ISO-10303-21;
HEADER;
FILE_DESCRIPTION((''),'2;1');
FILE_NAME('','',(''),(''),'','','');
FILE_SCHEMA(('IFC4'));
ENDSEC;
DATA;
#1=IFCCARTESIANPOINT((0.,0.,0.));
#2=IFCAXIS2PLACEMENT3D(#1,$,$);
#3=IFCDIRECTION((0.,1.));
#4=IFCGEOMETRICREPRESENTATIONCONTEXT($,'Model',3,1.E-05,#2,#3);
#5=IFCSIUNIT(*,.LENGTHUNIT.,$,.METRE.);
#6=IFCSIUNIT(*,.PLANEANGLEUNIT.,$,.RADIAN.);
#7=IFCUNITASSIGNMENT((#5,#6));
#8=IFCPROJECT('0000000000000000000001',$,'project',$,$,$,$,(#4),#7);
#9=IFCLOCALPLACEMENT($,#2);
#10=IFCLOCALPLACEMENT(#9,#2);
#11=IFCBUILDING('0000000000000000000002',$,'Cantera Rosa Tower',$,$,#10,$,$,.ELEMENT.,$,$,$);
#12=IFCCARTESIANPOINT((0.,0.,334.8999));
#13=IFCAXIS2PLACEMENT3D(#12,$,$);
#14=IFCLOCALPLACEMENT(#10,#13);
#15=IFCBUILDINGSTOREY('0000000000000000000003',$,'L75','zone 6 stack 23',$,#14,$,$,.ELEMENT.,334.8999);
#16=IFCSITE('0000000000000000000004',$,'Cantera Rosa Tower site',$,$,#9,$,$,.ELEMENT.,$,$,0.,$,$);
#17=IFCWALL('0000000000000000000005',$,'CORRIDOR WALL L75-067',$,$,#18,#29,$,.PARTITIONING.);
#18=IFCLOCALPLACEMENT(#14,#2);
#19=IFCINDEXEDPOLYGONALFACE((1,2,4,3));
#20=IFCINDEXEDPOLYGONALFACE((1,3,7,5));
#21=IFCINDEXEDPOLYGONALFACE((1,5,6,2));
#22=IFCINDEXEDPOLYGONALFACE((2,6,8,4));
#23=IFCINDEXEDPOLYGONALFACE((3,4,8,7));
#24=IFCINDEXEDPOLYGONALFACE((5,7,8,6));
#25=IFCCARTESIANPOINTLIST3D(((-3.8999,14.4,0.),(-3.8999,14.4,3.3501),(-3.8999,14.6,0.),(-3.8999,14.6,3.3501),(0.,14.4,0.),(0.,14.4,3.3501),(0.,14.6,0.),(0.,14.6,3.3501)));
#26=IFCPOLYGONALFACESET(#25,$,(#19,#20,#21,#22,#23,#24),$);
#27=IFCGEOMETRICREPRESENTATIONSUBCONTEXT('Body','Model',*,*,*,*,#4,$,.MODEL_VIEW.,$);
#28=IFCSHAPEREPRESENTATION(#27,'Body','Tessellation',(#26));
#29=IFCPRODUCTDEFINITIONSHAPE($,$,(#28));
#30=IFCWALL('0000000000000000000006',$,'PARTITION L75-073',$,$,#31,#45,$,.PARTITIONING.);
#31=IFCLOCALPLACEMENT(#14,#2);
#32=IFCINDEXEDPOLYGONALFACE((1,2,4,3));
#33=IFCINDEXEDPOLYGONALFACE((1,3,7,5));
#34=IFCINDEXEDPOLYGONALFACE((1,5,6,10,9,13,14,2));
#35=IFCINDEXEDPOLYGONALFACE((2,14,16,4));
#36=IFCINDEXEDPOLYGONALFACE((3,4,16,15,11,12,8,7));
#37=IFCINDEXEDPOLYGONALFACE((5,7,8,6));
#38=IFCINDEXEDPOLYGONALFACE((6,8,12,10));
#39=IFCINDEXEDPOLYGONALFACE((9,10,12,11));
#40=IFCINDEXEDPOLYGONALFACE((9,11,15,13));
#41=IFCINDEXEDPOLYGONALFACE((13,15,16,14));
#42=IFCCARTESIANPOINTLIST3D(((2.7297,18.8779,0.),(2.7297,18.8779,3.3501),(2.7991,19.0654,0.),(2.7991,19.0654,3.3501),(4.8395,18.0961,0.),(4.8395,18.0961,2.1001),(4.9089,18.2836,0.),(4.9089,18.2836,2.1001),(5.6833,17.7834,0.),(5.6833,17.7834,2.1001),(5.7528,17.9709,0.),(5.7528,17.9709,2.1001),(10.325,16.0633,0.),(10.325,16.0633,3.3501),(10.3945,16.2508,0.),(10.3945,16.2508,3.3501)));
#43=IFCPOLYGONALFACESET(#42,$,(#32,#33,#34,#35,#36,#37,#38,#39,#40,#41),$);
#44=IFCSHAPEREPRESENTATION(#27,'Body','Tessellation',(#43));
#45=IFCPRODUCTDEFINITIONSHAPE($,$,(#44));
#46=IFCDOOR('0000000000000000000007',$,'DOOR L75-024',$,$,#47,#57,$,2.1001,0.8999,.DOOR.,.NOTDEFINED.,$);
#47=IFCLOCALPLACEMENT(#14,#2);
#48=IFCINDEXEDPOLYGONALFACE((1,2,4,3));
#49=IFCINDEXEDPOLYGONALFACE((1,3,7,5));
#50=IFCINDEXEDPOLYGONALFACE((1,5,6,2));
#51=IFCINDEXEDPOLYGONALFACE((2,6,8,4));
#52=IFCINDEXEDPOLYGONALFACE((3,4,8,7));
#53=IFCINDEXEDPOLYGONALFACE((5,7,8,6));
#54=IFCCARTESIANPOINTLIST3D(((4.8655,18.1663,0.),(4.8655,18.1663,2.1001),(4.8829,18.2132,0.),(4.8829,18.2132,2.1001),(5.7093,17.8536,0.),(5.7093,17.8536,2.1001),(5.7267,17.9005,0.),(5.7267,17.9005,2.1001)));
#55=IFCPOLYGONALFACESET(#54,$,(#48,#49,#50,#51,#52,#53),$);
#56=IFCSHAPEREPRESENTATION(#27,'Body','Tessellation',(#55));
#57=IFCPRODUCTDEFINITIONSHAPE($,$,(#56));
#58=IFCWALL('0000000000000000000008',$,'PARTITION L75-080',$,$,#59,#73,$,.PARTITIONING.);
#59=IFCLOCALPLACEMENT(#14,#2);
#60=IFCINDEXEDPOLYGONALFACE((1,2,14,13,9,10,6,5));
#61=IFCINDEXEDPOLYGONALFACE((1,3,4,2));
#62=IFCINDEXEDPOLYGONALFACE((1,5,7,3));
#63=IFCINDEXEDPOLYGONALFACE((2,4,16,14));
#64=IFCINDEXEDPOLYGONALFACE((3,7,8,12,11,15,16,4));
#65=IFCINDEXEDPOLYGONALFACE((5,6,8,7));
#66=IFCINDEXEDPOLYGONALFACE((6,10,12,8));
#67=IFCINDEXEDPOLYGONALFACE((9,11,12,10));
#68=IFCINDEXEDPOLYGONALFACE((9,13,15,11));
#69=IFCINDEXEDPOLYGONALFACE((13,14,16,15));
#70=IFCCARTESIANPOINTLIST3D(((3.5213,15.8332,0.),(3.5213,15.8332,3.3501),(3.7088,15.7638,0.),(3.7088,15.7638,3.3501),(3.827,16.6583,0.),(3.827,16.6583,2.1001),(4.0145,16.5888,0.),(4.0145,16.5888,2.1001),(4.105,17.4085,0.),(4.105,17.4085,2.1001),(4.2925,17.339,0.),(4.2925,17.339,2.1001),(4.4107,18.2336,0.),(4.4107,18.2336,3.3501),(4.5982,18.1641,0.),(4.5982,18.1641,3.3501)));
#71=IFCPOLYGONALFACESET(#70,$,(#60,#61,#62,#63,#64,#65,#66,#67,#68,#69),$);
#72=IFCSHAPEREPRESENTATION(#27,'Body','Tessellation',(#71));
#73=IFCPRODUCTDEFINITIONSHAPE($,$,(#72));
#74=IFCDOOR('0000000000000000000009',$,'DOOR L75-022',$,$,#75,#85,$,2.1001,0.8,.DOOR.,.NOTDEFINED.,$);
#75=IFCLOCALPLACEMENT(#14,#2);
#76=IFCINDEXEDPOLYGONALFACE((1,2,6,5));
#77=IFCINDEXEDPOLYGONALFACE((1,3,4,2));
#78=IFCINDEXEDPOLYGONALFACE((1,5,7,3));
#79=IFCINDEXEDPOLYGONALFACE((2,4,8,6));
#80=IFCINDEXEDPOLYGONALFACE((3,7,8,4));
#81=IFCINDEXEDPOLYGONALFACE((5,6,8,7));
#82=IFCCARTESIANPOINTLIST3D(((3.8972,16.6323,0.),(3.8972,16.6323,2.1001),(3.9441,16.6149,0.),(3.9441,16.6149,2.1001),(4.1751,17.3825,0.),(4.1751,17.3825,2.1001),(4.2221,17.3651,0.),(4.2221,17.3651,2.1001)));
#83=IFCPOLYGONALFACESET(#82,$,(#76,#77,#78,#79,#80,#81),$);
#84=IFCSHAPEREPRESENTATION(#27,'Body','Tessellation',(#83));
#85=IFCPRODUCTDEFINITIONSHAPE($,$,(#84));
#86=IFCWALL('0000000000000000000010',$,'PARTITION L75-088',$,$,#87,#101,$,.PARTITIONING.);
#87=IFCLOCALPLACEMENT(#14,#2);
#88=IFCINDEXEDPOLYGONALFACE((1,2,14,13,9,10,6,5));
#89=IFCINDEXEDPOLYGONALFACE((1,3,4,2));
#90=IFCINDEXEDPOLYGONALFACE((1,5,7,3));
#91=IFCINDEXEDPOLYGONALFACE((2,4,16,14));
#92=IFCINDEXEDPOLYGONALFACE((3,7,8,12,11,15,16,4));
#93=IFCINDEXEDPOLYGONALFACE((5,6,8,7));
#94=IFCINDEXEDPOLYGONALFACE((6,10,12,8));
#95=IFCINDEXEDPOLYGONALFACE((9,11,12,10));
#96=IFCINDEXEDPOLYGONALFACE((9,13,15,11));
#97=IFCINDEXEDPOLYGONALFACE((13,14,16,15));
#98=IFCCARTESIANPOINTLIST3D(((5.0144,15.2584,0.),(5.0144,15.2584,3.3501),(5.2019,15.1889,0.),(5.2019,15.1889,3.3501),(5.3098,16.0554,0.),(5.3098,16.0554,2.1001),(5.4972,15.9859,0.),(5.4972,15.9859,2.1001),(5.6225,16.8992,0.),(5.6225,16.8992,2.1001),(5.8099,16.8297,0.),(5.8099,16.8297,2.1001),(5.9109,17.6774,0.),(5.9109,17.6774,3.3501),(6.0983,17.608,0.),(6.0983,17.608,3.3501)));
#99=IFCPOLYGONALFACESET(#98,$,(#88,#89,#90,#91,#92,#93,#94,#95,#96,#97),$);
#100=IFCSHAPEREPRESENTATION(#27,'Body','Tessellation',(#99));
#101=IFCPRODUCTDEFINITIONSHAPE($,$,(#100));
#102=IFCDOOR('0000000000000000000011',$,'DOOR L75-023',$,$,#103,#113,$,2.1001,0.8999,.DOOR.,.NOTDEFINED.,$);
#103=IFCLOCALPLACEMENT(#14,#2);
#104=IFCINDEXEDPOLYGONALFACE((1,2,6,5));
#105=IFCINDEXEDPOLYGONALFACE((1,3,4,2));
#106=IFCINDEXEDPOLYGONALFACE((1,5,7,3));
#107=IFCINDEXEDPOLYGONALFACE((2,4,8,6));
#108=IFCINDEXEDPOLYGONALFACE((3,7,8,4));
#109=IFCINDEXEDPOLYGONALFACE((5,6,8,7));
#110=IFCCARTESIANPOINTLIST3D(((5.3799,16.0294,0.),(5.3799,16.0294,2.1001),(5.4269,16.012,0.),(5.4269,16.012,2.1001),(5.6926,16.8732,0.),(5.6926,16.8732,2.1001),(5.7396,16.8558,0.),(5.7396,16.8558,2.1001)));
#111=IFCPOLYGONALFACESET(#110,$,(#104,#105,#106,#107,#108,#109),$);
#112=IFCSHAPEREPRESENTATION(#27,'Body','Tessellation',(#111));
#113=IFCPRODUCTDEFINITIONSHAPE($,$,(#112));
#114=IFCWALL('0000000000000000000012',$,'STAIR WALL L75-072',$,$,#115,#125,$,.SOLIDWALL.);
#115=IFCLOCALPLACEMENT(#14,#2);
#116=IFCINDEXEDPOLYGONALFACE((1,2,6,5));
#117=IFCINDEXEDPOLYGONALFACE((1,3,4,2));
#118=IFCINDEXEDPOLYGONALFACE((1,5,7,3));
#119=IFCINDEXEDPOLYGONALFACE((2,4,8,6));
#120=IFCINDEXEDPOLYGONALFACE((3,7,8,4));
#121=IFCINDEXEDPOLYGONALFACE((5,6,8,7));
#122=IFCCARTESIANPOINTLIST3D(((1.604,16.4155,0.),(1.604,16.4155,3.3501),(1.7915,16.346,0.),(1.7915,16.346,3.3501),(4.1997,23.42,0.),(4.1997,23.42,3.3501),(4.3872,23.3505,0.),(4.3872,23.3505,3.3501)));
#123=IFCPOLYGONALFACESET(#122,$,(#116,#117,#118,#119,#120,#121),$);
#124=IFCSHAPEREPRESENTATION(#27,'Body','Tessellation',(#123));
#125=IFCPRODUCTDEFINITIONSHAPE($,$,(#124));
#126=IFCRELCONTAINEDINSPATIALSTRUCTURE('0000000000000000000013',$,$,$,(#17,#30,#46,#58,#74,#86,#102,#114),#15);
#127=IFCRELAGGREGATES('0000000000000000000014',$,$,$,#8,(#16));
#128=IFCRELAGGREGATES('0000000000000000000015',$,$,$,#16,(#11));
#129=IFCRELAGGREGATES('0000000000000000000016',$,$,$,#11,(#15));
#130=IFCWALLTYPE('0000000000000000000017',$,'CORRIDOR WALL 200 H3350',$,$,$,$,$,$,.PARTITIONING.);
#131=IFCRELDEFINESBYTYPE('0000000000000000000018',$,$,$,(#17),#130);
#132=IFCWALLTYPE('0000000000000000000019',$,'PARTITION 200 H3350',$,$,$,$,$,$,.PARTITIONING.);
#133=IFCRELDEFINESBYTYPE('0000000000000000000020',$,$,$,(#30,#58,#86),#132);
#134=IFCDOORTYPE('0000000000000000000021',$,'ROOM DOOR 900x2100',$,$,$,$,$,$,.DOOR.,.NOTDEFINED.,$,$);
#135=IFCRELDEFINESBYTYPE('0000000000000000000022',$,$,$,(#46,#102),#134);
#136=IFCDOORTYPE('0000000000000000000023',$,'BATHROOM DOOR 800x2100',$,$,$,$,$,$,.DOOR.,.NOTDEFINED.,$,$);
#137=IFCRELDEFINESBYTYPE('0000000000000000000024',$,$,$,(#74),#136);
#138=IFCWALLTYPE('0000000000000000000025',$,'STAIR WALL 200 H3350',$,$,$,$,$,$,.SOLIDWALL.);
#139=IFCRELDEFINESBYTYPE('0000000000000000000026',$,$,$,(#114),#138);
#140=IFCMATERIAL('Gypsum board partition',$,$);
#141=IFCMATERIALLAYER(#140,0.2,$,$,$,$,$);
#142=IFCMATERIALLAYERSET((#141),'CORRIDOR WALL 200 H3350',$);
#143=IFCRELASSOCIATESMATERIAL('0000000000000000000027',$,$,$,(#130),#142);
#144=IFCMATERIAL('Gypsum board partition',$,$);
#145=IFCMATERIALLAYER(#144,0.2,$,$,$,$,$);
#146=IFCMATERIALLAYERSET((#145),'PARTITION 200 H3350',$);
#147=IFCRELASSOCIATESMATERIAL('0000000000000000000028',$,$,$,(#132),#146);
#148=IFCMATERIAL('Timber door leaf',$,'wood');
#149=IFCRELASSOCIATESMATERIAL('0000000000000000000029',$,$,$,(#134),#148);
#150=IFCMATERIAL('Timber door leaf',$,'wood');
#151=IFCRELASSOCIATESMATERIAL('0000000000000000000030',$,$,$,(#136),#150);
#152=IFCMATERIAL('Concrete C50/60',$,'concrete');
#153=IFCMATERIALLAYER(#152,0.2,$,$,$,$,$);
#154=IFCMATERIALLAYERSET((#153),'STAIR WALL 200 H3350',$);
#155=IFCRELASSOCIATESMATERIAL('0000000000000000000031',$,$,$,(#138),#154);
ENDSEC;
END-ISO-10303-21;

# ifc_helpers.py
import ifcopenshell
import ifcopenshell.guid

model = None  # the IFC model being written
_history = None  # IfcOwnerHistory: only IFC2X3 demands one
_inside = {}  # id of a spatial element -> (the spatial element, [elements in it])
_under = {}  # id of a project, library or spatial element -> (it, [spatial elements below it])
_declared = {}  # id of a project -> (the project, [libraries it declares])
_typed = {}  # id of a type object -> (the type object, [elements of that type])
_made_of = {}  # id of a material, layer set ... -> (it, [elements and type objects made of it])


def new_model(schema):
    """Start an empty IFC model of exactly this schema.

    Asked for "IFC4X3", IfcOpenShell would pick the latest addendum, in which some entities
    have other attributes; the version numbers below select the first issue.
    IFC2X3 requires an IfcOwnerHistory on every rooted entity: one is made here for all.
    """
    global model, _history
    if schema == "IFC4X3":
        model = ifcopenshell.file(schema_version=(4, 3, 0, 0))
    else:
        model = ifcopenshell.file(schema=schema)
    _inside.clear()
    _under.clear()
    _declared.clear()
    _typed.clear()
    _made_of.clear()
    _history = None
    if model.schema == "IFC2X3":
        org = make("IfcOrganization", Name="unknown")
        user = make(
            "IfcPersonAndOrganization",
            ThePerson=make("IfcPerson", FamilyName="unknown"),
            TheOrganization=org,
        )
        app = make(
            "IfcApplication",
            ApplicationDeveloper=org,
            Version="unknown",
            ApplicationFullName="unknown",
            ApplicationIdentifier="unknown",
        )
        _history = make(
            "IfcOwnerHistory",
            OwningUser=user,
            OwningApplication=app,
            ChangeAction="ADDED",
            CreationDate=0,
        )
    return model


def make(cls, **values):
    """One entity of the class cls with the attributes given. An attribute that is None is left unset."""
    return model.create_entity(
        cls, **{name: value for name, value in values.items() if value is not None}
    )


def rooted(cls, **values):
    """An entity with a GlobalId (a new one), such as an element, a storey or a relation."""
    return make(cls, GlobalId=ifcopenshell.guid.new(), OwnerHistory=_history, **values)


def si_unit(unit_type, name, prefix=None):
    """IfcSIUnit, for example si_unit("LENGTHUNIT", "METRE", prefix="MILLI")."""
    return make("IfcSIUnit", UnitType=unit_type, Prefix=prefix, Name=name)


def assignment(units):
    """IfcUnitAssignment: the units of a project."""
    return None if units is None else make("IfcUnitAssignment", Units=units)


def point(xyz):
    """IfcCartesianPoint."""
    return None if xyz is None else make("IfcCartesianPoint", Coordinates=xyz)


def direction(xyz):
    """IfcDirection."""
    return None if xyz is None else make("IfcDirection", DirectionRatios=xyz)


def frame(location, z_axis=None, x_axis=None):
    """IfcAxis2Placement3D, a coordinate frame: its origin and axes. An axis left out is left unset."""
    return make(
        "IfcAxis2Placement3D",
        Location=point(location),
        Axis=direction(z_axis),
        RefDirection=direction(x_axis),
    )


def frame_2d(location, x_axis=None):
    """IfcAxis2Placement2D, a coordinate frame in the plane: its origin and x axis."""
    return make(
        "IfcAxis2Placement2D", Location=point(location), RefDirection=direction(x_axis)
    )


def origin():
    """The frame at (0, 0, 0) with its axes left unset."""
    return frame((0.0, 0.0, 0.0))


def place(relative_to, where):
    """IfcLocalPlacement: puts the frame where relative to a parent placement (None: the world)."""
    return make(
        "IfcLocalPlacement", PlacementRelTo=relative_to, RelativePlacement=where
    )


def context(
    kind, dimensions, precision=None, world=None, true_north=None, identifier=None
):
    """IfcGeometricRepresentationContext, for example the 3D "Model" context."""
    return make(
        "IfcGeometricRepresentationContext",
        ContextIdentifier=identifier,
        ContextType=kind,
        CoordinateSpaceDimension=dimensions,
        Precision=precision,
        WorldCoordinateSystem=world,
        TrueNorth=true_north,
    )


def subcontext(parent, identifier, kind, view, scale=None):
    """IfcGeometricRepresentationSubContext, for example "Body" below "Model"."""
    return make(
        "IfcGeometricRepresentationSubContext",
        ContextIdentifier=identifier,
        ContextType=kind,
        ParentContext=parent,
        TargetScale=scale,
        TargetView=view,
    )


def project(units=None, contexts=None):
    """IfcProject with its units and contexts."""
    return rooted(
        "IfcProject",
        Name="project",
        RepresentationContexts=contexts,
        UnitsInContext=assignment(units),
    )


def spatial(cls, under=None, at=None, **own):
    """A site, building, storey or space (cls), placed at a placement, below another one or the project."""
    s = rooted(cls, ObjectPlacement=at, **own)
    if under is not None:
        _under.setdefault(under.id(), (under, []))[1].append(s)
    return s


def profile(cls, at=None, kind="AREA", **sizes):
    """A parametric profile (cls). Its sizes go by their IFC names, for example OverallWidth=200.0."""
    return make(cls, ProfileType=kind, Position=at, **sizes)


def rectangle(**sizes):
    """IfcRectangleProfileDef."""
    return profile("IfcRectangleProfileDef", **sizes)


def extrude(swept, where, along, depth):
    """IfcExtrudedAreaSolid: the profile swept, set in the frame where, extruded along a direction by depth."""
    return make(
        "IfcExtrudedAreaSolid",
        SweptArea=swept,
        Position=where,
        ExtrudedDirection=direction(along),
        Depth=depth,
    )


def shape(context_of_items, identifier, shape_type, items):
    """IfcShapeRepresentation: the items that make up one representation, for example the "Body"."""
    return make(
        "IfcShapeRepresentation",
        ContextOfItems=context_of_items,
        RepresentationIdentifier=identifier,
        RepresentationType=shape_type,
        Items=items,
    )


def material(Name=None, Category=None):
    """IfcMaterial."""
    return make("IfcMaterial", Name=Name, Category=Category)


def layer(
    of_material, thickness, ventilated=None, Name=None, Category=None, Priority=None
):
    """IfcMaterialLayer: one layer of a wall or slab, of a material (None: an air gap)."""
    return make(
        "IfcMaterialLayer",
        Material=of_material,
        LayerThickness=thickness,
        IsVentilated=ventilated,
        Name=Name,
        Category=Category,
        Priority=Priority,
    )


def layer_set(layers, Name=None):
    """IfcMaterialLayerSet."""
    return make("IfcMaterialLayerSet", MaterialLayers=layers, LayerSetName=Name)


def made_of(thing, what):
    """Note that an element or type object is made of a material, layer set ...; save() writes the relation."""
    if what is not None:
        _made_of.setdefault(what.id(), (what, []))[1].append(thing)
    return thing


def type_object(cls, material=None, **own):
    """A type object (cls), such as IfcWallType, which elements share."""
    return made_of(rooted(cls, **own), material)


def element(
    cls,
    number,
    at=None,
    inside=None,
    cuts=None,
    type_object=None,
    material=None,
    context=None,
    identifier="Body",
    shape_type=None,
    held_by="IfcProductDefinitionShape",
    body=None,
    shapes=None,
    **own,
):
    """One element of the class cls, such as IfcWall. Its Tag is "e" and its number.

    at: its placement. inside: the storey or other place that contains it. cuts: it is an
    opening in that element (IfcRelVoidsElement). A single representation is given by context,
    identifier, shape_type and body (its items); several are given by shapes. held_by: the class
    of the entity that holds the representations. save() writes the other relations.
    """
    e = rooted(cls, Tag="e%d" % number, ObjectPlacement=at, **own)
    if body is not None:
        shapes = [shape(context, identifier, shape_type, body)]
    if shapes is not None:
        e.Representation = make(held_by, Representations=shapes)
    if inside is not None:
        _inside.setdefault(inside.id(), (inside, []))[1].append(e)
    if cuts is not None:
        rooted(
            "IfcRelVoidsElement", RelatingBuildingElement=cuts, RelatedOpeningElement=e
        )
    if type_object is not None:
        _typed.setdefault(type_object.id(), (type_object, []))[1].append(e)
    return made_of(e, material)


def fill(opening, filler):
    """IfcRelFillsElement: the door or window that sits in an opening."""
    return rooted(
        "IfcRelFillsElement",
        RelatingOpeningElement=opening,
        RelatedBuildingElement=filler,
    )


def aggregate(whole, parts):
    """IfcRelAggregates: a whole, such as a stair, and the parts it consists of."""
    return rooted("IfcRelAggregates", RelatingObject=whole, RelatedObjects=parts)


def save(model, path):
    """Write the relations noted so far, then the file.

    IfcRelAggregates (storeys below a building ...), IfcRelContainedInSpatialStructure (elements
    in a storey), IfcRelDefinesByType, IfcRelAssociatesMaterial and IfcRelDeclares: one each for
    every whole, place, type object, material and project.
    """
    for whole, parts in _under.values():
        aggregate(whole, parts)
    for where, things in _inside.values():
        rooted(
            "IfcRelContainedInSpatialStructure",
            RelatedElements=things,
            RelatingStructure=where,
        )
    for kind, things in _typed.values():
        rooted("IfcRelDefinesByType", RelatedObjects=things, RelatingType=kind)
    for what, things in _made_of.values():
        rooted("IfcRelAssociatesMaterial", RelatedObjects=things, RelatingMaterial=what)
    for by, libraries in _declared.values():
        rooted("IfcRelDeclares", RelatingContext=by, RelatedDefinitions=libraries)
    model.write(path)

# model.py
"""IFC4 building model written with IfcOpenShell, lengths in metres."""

from ifc_helpers import new_model, si_unit, direction, frame, frame_2d, origin, place, context, subcontext, project, spatial, rectangle, extrude, material, layer, layer_set, type_object, element, fill, save


model = new_model("IFC4")

# Units and contexts
model_context = context("Model", 3, precision=1e-05, world=origin(), true_north=direction((0.0, 1.0)))
body_context = subcontext(model_context, "Body", "Model", "MODEL_VIEW")
ifc_project = project(units=[si_unit("LENGTHUNIT", "METRE"), si_unit("PLANEANGLEUNIT", "RADIAN")], contexts=[model_context])

# Site, building, storey
site_placement = place(None, origin())
site = spatial("IfcSite", under=ifc_project, at=site_placement, Name="Cantera Rosa Tower site", CompositionType="ELEMENT", RefElevation=0.0)
building_placement = place(site_placement, origin())
building = spatial("IfcBuilding", under=site, at=building_placement, Name="Cantera Rosa Tower", CompositionType="ELEMENT")
storey_placement = place(building_placement, frame((0.0, 0.0, 334.8999)))
storey = spatial("IfcBuildingStorey", under=building, at=storey_placement, Name="L75", Description="zone 6 stack 23", CompositionType="ELEMENT", Elevation=334.8999)

# Wall
ifc_material_1 = material(Name="Gypsum board partition")
ifc_layer_1 = layer(ifc_material_1, 0.2)
ifc_layer_set_1 = layer_set([ifc_layer_1], Name="CORRIDOR WALL 200 H3350")
wall_type_1 = type_object("IfcWallType", Name="CORRIDOR WALL 200 H3350", PredefinedType="PARTITIONING", material=ifc_layer_set_1)
wall_1_placement = place(storey_placement, frame((0.0, 14.5, 0.0), z_axis=(0.0, 0.0, 1.0), x_axis=(-1.0, 0.0, 0.0)))
element("IfcWall", 1, at=wall_1_placement, inside=storey, type_object=wall_type_1, Name="CORRIDOR WALL L75-067", PredefinedType="PARTITIONING", context=body_context, shape_type="SweptSolid", body=[
    extrude(rectangle(XDim=3.8999, YDim=0.2, at=frame_2d((1.95, 0.0))), origin(), (0.0, 0.0, 1.0), 3.3501),
])

# Walls, openings, doors
ifc_material_2 = material(Name="Gypsum board partition")
ifc_layer_2 = layer(ifc_material_2, 0.2)
ifc_layer_set_2 = layer_set([ifc_layer_2], Name="PARTITION 200 H3350")
wall_type_2 = type_object("IfcWallType", Name="PARTITION 200 H3350", PredefinedType="PARTITIONING", material=ifc_layer_set_2)
wall_2_placement = place(storey_placement, frame((2.7644, 18.9717, 0.0), z_axis=(0.0, 0.0, 1.0), x_axis=(0.937686, -0.347484, 0.0)))
wall_2 = element("IfcWall", 2, at=wall_2_placement, inside=storey, type_object=wall_type_2, Name="PARTITION L75-073", PredefinedType="PARTITIONING", context=body_context, shape_type="SweptSolid", body=[
    extrude(rectangle(XDim=8.1001, YDim=0.2, at=frame_2d((4.05, 0.0))), origin(), (0.0, 0.0, 1.0), 3.3501),
])
opening_1_placement = place(wall_2_placement, frame((2.25, 0.0, 0.0)))
opening_1 = element("IfcOpeningElement", 3, at=opening_1_placement, cuts=wall_2, PredefinedType="OPENING", context=body_context, shape_type="SweptSolid", body=[
    extrude(rectangle(XDim=0.8999, YDim=2.1001, at=frame_2d((0.45, 1.05))), frame((0.0, 0.1099, 0.0), z_axis=(0.0, -1.0, 0.0), x_axis=(1.0, 0.0, 0.0)), (0.0, 0.0, 1.0), 0.22),
])
ifc_material_3 = material(Name="Timber door leaf", Category="wood")
door_type_1 = type_object("IfcDoorType", Name="ROOM DOOR 900x2100", OperationType="NOTDEFINED", PredefinedType="DOOR", material=ifc_material_3)
door_1_placement = place(opening_1_placement, origin())
door_1 = element("IfcDoor", 4, at=door_1_placement, inside=storey, type_object=door_type_1, Name="DOOR L75-024", OperationType="NOTDEFINED", OverallHeight=2.1001, OverallWidth=0.8999, PredefinedType="DOOR", context=body_context, shape_type="SweptSolid", body=[
    extrude(rectangle(XDim=0.8999, YDim=2.1001, at=frame_2d((0.45, 1.05))), frame((0.0, 0.0249, 0.0), z_axis=(0.0, -1.0, 0.0), x_axis=(1.0, 0.0, 0.0)), (0.0, 0.0, 1.0), 0.05),
])
fill(opening_1, door_1)
wall_3_placement = place(storey_placement, frame((4.5044, 18.1987, 0.0), z_axis=(0.0, 0.0, 1.0), x_axis=(-0.347442, -0.937702, 0.0)))
wall_3 = element("IfcWall", 5, at=wall_3_placement, inside=storey, type_object=wall_type_2, Name="PARTITION L75-080", PredefinedType="PARTITIONING", context=body_context, shape_type="SweptSolid", body=[
    extrude(rectangle(XDim=2.5598, YDim=0.2, at=frame_2d((1.2798, 0.0))), origin(), (0.0, 0.0, 1.0), 3.3501),
])
opening_2_placement = place(wall_3_placement, frame((0.8799, 0.0, 0.0)))
opening_2 = element("IfcOpeningElement", 6, at=opening_2_placement, cuts=wall_3, PredefinedType="OPENING", context=body_context, shape_type="SweptSolid", body=[
    extrude(rectangle(XDim=0.8, YDim=2.1001, at=frame_2d((0.3999, 1.05))), frame((0.0, 0.1099, 0.0), z_axis=(0.0, -1.0, 0.0), x_axis=(1.0, 0.0, 0.0)), (0.0, 0.0, 1.0), 0.22),
])
ifc_material_4 = material(Name="Timber door leaf", Category="wood")
door_type_2 = type_object("IfcDoorType", Name="BATHROOM DOOR 800x2100", OperationType="NOTDEFINED", PredefinedType="DOOR", material=ifc_material_4)
door_2_placement = place(opening_2_placement, origin())
door_2 = element("IfcDoor", 7, at=door_2_placement, inside=storey, type_object=door_type_2, Name="DOOR L75-022", OperationType="NOTDEFINED", OverallHeight=2.1001, OverallWidth=0.8, PredefinedType="DOOR", context=body_context, shape_type="SweptSolid", body=[
    extrude(rectangle(XDim=0.8, YDim=2.1001, at=frame_2d((0.3999, 1.05))), frame((0.0, 0.0249, 0.0), z_axis=(0.0, -1.0, 0.0), x_axis=(1.0, 0.0, 0.0)), (0.0, 0.0, 1.0), 0.05),
])
fill(opening_2, door_2)
wall_4_placement = place(storey_placement, frame((6.0046, 17.6428, 0.0), z_axis=(0.0, 0.0, 1.0), x_axis=(-0.347481, -0.937687, 0.0)))
wall_4 = element("IfcWall", 8, at=wall_4_placement, inside=storey, type_object=wall_type_2, Name="PARTITION L75-088", PredefinedType="PARTITIONING", context=body_context, shape_type="SweptSolid", body=[
    extrude(rectangle(XDim=2.5798, YDim=0.2, at=frame_2d((1.29, 0.0))), origin(), (0.0, 0.0, 1.0), 3.3501),
])
opening_3_placement = place(wall_4_placement, frame((0.8301, 0.0, 0.0)))
opening_3 = element("IfcOpeningElement", 9, at=opening_3_placement, cuts=wall_4, PredefinedType="OPENING", context=body_context, shape_type="SweptSolid", body=[
    extrude(rectangle(XDim=0.8999, YDim=2.1001, at=frame_2d((0.45, 1.05))), frame((0.0, 0.1099, 0.0), z_axis=(0.0, -1.0, 0.0), x_axis=(1.0, 0.0, 0.0)), (0.0, 0.0, 1.0), 0.22),
])
door_3_placement = place(opening_3_placement, origin())
door_3 = element("IfcDoor", 10, at=door_3_placement, inside=storey, type_object=door_type_1, Name="DOOR L75-023", OperationType="NOTDEFINED", OverallHeight=2.1001, OverallWidth=0.8999, PredefinedType="DOOR", context=body_context, shape_type="SweptSolid", body=[
    extrude(rectangle(XDim=0.8999, YDim=2.1001, at=frame_2d((0.45, 1.05))), frame((0.0, 0.0249, 0.0), z_axis=(0.0, -1.0, 0.0), x_axis=(1.0, 0.0, 0.0)), (0.0, 0.0, 1.0), 0.05),
])
fill(opening_3, door_3)

# Wall
ifc_material_5 = material(Name="Concrete C50/60", Category="concrete")
ifc_layer_3 = layer(ifc_material_5, 0.2)
ifc_layer_set_3 = layer_set([ifc_layer_3], Name="STAIR WALL 200 H3350")
wall_type_3 = type_object("IfcWallType", Name="STAIR WALL 200 H3350", PredefinedType="SOLIDWALL", material=ifc_layer_set_3)
wall_5_placement = place(storey_placement, frame((1.6978, 16.3809, 0.0), z_axis=(0.0, 0.0, 1.0), x_axis=(0.347489, 0.937684, 0.0)))
element("IfcWall", 11, at=wall_5_placement, inside=storey, type_object=wall_type_3, Name="STAIR WALL L75-072", PredefinedType="SOLIDWALL", context=body_context, shape_type="SweptSolid", body=[
    extrude(rectangle(XDim=7.47, YDim=0.2, at=frame_2d((3.7349, 0.0))), origin(), (0.0, 0.0, 1.0), 3.3501),
])

save(model, "model.ifc")
